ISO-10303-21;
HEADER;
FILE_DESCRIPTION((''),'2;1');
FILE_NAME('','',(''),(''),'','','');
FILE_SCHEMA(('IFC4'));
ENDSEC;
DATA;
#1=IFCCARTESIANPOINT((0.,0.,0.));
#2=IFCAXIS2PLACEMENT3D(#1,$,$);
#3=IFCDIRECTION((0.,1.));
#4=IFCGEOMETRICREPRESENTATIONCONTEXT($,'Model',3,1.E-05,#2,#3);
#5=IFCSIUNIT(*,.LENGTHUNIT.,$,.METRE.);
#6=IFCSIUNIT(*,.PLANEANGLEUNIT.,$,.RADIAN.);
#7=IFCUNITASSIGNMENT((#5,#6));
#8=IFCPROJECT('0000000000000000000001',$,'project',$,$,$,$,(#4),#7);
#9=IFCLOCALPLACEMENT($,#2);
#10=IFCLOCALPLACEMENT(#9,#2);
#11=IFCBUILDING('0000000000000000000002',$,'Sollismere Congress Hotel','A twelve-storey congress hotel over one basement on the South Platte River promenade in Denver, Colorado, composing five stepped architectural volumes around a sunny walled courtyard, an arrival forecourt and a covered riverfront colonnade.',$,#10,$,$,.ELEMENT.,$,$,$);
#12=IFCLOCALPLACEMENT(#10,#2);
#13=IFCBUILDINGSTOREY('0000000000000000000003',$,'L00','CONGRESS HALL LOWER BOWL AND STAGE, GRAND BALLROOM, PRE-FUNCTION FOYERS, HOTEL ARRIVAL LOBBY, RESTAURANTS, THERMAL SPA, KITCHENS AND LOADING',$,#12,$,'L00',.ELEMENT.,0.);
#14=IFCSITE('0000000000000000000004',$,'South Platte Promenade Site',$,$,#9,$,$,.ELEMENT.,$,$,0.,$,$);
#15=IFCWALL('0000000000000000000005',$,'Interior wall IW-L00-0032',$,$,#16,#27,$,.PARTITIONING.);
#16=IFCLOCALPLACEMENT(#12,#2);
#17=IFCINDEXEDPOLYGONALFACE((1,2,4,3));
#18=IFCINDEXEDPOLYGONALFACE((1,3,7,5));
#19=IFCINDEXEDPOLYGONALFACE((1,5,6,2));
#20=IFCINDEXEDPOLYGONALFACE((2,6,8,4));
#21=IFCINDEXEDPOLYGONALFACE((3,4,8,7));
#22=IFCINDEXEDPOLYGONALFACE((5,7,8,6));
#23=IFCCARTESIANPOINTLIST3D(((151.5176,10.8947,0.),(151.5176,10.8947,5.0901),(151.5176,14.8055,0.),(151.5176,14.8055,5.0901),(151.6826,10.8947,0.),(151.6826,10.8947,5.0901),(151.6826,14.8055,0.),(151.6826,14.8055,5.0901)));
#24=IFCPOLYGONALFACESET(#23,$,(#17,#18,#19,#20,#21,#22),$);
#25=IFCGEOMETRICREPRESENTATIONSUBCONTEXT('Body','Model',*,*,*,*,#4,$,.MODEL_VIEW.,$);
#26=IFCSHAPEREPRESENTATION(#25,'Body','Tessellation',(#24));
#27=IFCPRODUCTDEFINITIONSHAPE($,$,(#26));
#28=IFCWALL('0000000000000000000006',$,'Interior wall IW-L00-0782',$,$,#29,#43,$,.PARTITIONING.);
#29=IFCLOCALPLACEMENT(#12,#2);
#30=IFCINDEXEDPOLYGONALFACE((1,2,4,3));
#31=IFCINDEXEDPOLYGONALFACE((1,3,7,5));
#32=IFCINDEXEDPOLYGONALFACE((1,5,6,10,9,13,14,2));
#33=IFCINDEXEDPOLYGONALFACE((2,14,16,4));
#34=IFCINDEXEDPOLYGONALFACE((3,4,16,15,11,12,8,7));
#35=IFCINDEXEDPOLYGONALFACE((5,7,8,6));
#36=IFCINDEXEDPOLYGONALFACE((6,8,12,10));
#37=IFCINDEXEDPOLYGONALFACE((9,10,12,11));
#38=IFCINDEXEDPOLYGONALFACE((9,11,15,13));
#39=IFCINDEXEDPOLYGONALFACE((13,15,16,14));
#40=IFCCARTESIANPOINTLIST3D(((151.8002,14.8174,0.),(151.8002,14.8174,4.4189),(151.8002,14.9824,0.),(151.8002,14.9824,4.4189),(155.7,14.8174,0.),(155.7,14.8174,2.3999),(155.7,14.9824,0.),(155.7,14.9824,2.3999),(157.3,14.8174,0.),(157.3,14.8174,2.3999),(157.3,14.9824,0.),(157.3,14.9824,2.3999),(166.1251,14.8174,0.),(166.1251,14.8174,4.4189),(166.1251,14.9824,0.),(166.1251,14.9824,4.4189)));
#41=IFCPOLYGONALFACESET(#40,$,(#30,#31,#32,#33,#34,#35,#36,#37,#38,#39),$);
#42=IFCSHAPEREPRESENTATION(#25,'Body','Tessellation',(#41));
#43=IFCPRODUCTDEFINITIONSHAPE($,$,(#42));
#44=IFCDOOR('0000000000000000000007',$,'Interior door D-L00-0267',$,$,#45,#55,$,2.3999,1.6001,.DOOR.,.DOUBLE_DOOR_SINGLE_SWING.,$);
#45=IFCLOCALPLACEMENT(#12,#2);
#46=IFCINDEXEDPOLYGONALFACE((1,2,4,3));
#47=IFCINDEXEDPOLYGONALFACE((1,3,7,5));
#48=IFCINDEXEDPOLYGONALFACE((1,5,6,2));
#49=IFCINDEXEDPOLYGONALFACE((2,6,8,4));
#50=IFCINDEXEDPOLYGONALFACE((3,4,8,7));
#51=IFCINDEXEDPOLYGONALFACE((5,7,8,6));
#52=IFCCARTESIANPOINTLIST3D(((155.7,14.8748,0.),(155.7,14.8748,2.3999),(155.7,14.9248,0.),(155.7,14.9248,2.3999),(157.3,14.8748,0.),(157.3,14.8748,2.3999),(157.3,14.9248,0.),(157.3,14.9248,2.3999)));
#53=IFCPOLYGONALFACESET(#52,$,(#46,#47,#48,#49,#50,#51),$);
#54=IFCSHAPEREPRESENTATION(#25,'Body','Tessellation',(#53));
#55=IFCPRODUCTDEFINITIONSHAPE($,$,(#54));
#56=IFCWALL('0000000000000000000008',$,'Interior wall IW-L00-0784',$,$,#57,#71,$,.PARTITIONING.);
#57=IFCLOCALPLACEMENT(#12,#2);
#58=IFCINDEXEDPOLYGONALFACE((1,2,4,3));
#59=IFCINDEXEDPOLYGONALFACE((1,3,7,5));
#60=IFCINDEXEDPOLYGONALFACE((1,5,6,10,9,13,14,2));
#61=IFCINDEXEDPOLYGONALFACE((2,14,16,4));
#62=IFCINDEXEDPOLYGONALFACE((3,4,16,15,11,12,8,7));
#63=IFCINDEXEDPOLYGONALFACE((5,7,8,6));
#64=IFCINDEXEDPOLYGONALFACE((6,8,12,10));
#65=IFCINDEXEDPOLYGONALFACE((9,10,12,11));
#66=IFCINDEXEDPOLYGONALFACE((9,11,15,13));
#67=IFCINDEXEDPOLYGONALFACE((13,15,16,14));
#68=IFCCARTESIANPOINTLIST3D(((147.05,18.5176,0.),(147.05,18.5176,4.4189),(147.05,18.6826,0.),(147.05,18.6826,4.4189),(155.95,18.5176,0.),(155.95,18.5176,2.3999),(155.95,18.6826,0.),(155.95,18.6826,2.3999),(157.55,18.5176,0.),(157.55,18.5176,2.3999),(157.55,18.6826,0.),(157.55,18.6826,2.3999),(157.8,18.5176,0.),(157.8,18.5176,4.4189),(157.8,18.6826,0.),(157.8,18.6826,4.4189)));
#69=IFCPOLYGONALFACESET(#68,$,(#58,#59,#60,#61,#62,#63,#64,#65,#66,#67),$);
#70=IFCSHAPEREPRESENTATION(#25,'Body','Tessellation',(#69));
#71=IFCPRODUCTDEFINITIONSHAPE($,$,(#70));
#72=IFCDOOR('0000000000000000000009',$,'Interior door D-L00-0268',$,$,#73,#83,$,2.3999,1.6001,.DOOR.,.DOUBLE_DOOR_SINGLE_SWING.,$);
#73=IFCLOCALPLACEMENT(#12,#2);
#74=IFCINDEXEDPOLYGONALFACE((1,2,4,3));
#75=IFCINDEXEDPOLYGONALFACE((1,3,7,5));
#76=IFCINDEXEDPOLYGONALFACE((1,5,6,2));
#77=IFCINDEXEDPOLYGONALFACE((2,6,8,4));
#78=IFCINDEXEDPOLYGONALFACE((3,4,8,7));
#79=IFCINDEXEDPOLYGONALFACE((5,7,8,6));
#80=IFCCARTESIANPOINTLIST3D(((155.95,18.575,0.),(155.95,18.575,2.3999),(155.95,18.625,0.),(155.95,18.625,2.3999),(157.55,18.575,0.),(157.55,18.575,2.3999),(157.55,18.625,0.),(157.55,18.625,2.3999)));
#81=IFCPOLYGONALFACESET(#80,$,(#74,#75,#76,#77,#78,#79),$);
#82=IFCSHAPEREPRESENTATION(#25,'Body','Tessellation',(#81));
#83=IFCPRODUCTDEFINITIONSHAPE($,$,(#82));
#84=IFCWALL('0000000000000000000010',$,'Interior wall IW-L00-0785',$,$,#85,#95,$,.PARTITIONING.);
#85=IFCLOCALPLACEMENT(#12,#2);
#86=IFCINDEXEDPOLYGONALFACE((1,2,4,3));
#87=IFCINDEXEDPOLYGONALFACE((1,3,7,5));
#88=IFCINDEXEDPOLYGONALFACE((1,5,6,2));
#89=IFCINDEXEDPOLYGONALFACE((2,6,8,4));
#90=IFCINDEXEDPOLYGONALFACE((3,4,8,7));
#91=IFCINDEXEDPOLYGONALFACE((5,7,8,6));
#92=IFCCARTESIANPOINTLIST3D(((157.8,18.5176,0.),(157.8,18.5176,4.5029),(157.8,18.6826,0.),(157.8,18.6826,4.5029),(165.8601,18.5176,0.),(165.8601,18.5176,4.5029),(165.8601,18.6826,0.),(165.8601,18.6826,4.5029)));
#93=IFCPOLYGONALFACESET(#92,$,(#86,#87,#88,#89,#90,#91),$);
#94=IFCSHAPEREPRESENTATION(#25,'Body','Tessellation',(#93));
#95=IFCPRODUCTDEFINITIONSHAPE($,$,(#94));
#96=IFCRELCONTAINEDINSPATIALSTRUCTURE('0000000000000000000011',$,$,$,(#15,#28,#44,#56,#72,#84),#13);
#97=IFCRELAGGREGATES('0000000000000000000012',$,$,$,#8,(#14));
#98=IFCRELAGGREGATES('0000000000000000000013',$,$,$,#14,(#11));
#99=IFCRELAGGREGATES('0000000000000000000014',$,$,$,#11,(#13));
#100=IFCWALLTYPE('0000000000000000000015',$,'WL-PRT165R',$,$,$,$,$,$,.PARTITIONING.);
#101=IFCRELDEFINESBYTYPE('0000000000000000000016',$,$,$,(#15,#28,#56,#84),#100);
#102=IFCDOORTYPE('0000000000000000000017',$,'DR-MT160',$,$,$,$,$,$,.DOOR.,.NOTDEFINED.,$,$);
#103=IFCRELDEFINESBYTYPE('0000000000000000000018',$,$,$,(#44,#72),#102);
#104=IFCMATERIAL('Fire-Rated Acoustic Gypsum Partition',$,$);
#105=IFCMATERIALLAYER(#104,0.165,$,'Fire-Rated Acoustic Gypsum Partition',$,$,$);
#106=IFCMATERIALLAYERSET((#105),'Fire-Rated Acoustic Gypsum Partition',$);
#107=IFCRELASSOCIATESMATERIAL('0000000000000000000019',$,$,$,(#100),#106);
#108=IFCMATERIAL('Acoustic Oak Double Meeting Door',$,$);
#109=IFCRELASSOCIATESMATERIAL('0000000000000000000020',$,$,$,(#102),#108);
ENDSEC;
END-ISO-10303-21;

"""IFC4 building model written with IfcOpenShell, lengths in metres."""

from ifc_helpers import new_model, si_unit, direction, frame, frame_2d, origin, place, context, subcontext, project, spatial, rectangle, extrude, material, layer, layer_set, type_object, element, fill, save


model = new_model("IFC4")

# Units and contexts
model_context = context("Model", 3, precision=1e-05, world=origin(), true_north=direction((0.0, 1.0)))
body_context = subcontext(model_context, "Body", "Model", "MODEL_VIEW")
ifc_project = project(units=[si_unit("LENGTHUNIT", "METRE"), si_unit("PLANEANGLEUNIT", "RADIAN")], contexts=[model_context])

# Site, building, storey
site_placement = place(None, origin())
site = spatial("IfcSite", under=ifc_project, at=site_placement, Name="South Platte Promenade Site", CompositionType="ELEMENT", RefElevation=0.0)
building_placement = place(site_placement, origin())
building = spatial("IfcBuilding", under=site, at=building_placement, Name="Sollismere Congress Hotel", Description="A twelve-storey congress hotel over one basement on the South Platte River promenade in Denver, Colorado, composing five stepped architectural volumes around a sunny walled courtyard, an arrival forecourt and a covered riverfront colonnade.", CompositionType="ELEMENT")
storey_placement = place(building_placement, origin())
storey = spatial("IfcBuildingStorey", under=building, at=storey_placement, Name="L00", Description="CONGRESS HALL LOWER BOWL AND STAGE, GRAND BALLROOM, PRE-FUNCTION FOYERS, HOTEL ARRIVAL LOBBY, RESTAURANTS, THERMAL SPA, KITCHENS AND LOADING", LongName="L00", CompositionType="ELEMENT", Elevation=0.0)

# Shared definitions
ifc_material_1 = material(Name="Fire-Rated Acoustic Gypsum Partition")
ifc_layer_1 = layer(ifc_material_1, 0.165, Name="Fire-Rated Acoustic Gypsum Partition")
ifc_layer_set_1 = layer_set([ifc_layer_1], Name="Fire-Rated Acoustic Gypsum Partition")
wall_type_1 = type_object("IfcWallType", Name="WL-PRT165R", PredefinedType="PARTITIONING", material=ifc_layer_set_1)

# Wall
wall_1_placement = place(storey_placement, frame((151.6001, 10.8945, 0.0), z_axis=(0.0, 0.0, 1.0), x_axis=(0.0, 1.0, 0.0)))
element("IfcWall", 1, at=wall_1_placement, inside=storey, type_object=wall_type_1, Name="Interior wall IW-L00-0032", PredefinedType="PARTITIONING", context=body_context, shape_type="SweptSolid", body=[
    extrude(rectangle(XDim=3.9109, YDim=0.165, at=frame_2d((1.9556, 0.0))), origin(), (0.0, 0.0, 1.0), 5.0901),
])

# Walls, openings, doors
wall_2_placement = place(storey_placement, frame((151.8, 14.8999, 0.0), z_axis=(0.0, 0.0, 1.0), x_axis=(1.0, 0.0, 0.0)))
wall_2 = element("IfcWall", 2, at=wall_2_placement, inside=storey, type_object=wall_type_1, Name="Interior wall IW-L00-0782", PredefinedType="PARTITIONING", context=body_context, shape_type="SweptSolid", body=[
    extrude(rectangle(XDim=14.325, YDim=0.165, at=frame_2d((7.1626, 0.0))), origin(), (0.0, 0.0, 1.0), 4.4189),
])
opening_1_placement = place(wall_2_placement, frame((3.8999, 0.0, 0.0)))
opening_1 = element("IfcOpeningElement", 3, at=opening_1_placement, cuts=wall_2, PredefinedType="OPENING", context=body_context, shape_type="SweptSolid", body=[
    extrude(rectangle(XDim=1.6001, YDim=2.3999, at=frame_2d((0.8, 1.2))), frame((0.0, 0.0925, 0.0), z_axis=(0.0, -1.0, 0.0), x_axis=(1.0, 0.0, 0.0)), (0.0, 0.0, 1.0), 0.1851),
])
ifc_material_2 = material(Name="Acoustic Oak Double Meeting Door")
door_type_1 = type_object("IfcDoorType", Name="DR-MT160", OperationType="NOTDEFINED", PredefinedType="DOOR", material=ifc_material_2)
door_1_placement = place(opening_1_placement, origin())
door_1 = element("IfcDoor", 4, at=door_1_placement, inside=storey, type_object=door_type_1, Name="Interior door D-L00-0267", OperationType="DOUBLE_DOOR_SINGLE_SWING", OverallHeight=2.3999, OverallWidth=1.6001, PredefinedType="DOOR", context=body_context, shape_type="SweptSolid", body=[
    extrude(rectangle(XDim=1.6001, YDim=2.3999, at=frame_2d((0.8, 1.2))), frame((0.0, 0.0249, 0.0), z_axis=(0.0, -1.0, 0.0), x_axis=(1.0, 0.0, 0.0)), (0.0, 0.0, 1.0), 0.05),
])
fill(opening_1, door_1)
wall_3_placement = place(storey_placement, frame((147.05, 18.6001, 0.0), z_axis=(0.0, 0.0, 1.0), x_axis=(1.0, 0.0, 0.0)))
wall_3 = element("IfcWall", 5, at=wall_3_placement, inside=storey, type_object=wall_type_1, Name="Interior wall IW-L00-0784", PredefinedType="PARTITIONING", context=body_context, shape_type="SweptSolid", body=[
    extrude(rectangle(XDim=10.75, YDim=0.165, at=frame_2d((5.375, 0.0))), origin(), (0.0, 0.0, 1.0), 4.4189),
])
opening_2_placement = place(wall_3_placement, frame((8.8999, 0.0, 0.0)))
opening_2 = element("IfcOpeningElement", 6, at=opening_2_placement, cuts=wall_3, PredefinedType="OPENING", context=body_context, shape_type="SweptSolid", body=[
    extrude(rectangle(XDim=1.6001, YDim=2.3999, at=frame_2d((0.8, 1.2))), frame((0.0, 0.0925, 0.0), z_axis=(0.0, -1.0, 0.0), x_axis=(1.0, 0.0, 0.0)), (0.0, 0.0, 1.0), 0.1851),
])
door_2_placement = place(opening_2_placement, origin())
door_2 = element("IfcDoor", 7, at=door_2_placement, inside=storey, type_object=door_type_1, Name="Interior door D-L00-0268", OperationType="DOUBLE_DOOR_SINGLE_SWING", OverallHeight=2.3999, OverallWidth=1.6001, PredefinedType="DOOR", context=body_context, shape_type="SweptSolid", body=[
    extrude(rectangle(XDim=1.6001, YDim=2.3999, at=frame_2d((0.8, 1.2))), frame((0.0, 0.0249, 0.0), z_axis=(0.0, -1.0, 0.0), x_axis=(1.0, 0.0, 0.0)), (0.0, 0.0, 1.0), 0.05),
])
fill(opening_2, door_2)

# Wall
wall_4_placement = place(storey_placement, frame((157.8, 18.6001, 0.0), z_axis=(0.0, 0.0, 1.0), x_axis=(1.0, 0.0, 0.0)))
element("IfcWall", 8, at=wall_4_placement, inside=storey, type_object=wall_type_1, Name="Interior wall IW-L00-0785", PredefinedType="PARTITIONING", context=body_context, shape_type="SweptSolid", body=[
    extrude(rectangle(XDim=8.0601, YDim=0.165, at=frame_2d((4.03, 0.0))), origin(), (0.0, 0.0, 1.0), 4.5029),
])

save(model, "model.ifc")
